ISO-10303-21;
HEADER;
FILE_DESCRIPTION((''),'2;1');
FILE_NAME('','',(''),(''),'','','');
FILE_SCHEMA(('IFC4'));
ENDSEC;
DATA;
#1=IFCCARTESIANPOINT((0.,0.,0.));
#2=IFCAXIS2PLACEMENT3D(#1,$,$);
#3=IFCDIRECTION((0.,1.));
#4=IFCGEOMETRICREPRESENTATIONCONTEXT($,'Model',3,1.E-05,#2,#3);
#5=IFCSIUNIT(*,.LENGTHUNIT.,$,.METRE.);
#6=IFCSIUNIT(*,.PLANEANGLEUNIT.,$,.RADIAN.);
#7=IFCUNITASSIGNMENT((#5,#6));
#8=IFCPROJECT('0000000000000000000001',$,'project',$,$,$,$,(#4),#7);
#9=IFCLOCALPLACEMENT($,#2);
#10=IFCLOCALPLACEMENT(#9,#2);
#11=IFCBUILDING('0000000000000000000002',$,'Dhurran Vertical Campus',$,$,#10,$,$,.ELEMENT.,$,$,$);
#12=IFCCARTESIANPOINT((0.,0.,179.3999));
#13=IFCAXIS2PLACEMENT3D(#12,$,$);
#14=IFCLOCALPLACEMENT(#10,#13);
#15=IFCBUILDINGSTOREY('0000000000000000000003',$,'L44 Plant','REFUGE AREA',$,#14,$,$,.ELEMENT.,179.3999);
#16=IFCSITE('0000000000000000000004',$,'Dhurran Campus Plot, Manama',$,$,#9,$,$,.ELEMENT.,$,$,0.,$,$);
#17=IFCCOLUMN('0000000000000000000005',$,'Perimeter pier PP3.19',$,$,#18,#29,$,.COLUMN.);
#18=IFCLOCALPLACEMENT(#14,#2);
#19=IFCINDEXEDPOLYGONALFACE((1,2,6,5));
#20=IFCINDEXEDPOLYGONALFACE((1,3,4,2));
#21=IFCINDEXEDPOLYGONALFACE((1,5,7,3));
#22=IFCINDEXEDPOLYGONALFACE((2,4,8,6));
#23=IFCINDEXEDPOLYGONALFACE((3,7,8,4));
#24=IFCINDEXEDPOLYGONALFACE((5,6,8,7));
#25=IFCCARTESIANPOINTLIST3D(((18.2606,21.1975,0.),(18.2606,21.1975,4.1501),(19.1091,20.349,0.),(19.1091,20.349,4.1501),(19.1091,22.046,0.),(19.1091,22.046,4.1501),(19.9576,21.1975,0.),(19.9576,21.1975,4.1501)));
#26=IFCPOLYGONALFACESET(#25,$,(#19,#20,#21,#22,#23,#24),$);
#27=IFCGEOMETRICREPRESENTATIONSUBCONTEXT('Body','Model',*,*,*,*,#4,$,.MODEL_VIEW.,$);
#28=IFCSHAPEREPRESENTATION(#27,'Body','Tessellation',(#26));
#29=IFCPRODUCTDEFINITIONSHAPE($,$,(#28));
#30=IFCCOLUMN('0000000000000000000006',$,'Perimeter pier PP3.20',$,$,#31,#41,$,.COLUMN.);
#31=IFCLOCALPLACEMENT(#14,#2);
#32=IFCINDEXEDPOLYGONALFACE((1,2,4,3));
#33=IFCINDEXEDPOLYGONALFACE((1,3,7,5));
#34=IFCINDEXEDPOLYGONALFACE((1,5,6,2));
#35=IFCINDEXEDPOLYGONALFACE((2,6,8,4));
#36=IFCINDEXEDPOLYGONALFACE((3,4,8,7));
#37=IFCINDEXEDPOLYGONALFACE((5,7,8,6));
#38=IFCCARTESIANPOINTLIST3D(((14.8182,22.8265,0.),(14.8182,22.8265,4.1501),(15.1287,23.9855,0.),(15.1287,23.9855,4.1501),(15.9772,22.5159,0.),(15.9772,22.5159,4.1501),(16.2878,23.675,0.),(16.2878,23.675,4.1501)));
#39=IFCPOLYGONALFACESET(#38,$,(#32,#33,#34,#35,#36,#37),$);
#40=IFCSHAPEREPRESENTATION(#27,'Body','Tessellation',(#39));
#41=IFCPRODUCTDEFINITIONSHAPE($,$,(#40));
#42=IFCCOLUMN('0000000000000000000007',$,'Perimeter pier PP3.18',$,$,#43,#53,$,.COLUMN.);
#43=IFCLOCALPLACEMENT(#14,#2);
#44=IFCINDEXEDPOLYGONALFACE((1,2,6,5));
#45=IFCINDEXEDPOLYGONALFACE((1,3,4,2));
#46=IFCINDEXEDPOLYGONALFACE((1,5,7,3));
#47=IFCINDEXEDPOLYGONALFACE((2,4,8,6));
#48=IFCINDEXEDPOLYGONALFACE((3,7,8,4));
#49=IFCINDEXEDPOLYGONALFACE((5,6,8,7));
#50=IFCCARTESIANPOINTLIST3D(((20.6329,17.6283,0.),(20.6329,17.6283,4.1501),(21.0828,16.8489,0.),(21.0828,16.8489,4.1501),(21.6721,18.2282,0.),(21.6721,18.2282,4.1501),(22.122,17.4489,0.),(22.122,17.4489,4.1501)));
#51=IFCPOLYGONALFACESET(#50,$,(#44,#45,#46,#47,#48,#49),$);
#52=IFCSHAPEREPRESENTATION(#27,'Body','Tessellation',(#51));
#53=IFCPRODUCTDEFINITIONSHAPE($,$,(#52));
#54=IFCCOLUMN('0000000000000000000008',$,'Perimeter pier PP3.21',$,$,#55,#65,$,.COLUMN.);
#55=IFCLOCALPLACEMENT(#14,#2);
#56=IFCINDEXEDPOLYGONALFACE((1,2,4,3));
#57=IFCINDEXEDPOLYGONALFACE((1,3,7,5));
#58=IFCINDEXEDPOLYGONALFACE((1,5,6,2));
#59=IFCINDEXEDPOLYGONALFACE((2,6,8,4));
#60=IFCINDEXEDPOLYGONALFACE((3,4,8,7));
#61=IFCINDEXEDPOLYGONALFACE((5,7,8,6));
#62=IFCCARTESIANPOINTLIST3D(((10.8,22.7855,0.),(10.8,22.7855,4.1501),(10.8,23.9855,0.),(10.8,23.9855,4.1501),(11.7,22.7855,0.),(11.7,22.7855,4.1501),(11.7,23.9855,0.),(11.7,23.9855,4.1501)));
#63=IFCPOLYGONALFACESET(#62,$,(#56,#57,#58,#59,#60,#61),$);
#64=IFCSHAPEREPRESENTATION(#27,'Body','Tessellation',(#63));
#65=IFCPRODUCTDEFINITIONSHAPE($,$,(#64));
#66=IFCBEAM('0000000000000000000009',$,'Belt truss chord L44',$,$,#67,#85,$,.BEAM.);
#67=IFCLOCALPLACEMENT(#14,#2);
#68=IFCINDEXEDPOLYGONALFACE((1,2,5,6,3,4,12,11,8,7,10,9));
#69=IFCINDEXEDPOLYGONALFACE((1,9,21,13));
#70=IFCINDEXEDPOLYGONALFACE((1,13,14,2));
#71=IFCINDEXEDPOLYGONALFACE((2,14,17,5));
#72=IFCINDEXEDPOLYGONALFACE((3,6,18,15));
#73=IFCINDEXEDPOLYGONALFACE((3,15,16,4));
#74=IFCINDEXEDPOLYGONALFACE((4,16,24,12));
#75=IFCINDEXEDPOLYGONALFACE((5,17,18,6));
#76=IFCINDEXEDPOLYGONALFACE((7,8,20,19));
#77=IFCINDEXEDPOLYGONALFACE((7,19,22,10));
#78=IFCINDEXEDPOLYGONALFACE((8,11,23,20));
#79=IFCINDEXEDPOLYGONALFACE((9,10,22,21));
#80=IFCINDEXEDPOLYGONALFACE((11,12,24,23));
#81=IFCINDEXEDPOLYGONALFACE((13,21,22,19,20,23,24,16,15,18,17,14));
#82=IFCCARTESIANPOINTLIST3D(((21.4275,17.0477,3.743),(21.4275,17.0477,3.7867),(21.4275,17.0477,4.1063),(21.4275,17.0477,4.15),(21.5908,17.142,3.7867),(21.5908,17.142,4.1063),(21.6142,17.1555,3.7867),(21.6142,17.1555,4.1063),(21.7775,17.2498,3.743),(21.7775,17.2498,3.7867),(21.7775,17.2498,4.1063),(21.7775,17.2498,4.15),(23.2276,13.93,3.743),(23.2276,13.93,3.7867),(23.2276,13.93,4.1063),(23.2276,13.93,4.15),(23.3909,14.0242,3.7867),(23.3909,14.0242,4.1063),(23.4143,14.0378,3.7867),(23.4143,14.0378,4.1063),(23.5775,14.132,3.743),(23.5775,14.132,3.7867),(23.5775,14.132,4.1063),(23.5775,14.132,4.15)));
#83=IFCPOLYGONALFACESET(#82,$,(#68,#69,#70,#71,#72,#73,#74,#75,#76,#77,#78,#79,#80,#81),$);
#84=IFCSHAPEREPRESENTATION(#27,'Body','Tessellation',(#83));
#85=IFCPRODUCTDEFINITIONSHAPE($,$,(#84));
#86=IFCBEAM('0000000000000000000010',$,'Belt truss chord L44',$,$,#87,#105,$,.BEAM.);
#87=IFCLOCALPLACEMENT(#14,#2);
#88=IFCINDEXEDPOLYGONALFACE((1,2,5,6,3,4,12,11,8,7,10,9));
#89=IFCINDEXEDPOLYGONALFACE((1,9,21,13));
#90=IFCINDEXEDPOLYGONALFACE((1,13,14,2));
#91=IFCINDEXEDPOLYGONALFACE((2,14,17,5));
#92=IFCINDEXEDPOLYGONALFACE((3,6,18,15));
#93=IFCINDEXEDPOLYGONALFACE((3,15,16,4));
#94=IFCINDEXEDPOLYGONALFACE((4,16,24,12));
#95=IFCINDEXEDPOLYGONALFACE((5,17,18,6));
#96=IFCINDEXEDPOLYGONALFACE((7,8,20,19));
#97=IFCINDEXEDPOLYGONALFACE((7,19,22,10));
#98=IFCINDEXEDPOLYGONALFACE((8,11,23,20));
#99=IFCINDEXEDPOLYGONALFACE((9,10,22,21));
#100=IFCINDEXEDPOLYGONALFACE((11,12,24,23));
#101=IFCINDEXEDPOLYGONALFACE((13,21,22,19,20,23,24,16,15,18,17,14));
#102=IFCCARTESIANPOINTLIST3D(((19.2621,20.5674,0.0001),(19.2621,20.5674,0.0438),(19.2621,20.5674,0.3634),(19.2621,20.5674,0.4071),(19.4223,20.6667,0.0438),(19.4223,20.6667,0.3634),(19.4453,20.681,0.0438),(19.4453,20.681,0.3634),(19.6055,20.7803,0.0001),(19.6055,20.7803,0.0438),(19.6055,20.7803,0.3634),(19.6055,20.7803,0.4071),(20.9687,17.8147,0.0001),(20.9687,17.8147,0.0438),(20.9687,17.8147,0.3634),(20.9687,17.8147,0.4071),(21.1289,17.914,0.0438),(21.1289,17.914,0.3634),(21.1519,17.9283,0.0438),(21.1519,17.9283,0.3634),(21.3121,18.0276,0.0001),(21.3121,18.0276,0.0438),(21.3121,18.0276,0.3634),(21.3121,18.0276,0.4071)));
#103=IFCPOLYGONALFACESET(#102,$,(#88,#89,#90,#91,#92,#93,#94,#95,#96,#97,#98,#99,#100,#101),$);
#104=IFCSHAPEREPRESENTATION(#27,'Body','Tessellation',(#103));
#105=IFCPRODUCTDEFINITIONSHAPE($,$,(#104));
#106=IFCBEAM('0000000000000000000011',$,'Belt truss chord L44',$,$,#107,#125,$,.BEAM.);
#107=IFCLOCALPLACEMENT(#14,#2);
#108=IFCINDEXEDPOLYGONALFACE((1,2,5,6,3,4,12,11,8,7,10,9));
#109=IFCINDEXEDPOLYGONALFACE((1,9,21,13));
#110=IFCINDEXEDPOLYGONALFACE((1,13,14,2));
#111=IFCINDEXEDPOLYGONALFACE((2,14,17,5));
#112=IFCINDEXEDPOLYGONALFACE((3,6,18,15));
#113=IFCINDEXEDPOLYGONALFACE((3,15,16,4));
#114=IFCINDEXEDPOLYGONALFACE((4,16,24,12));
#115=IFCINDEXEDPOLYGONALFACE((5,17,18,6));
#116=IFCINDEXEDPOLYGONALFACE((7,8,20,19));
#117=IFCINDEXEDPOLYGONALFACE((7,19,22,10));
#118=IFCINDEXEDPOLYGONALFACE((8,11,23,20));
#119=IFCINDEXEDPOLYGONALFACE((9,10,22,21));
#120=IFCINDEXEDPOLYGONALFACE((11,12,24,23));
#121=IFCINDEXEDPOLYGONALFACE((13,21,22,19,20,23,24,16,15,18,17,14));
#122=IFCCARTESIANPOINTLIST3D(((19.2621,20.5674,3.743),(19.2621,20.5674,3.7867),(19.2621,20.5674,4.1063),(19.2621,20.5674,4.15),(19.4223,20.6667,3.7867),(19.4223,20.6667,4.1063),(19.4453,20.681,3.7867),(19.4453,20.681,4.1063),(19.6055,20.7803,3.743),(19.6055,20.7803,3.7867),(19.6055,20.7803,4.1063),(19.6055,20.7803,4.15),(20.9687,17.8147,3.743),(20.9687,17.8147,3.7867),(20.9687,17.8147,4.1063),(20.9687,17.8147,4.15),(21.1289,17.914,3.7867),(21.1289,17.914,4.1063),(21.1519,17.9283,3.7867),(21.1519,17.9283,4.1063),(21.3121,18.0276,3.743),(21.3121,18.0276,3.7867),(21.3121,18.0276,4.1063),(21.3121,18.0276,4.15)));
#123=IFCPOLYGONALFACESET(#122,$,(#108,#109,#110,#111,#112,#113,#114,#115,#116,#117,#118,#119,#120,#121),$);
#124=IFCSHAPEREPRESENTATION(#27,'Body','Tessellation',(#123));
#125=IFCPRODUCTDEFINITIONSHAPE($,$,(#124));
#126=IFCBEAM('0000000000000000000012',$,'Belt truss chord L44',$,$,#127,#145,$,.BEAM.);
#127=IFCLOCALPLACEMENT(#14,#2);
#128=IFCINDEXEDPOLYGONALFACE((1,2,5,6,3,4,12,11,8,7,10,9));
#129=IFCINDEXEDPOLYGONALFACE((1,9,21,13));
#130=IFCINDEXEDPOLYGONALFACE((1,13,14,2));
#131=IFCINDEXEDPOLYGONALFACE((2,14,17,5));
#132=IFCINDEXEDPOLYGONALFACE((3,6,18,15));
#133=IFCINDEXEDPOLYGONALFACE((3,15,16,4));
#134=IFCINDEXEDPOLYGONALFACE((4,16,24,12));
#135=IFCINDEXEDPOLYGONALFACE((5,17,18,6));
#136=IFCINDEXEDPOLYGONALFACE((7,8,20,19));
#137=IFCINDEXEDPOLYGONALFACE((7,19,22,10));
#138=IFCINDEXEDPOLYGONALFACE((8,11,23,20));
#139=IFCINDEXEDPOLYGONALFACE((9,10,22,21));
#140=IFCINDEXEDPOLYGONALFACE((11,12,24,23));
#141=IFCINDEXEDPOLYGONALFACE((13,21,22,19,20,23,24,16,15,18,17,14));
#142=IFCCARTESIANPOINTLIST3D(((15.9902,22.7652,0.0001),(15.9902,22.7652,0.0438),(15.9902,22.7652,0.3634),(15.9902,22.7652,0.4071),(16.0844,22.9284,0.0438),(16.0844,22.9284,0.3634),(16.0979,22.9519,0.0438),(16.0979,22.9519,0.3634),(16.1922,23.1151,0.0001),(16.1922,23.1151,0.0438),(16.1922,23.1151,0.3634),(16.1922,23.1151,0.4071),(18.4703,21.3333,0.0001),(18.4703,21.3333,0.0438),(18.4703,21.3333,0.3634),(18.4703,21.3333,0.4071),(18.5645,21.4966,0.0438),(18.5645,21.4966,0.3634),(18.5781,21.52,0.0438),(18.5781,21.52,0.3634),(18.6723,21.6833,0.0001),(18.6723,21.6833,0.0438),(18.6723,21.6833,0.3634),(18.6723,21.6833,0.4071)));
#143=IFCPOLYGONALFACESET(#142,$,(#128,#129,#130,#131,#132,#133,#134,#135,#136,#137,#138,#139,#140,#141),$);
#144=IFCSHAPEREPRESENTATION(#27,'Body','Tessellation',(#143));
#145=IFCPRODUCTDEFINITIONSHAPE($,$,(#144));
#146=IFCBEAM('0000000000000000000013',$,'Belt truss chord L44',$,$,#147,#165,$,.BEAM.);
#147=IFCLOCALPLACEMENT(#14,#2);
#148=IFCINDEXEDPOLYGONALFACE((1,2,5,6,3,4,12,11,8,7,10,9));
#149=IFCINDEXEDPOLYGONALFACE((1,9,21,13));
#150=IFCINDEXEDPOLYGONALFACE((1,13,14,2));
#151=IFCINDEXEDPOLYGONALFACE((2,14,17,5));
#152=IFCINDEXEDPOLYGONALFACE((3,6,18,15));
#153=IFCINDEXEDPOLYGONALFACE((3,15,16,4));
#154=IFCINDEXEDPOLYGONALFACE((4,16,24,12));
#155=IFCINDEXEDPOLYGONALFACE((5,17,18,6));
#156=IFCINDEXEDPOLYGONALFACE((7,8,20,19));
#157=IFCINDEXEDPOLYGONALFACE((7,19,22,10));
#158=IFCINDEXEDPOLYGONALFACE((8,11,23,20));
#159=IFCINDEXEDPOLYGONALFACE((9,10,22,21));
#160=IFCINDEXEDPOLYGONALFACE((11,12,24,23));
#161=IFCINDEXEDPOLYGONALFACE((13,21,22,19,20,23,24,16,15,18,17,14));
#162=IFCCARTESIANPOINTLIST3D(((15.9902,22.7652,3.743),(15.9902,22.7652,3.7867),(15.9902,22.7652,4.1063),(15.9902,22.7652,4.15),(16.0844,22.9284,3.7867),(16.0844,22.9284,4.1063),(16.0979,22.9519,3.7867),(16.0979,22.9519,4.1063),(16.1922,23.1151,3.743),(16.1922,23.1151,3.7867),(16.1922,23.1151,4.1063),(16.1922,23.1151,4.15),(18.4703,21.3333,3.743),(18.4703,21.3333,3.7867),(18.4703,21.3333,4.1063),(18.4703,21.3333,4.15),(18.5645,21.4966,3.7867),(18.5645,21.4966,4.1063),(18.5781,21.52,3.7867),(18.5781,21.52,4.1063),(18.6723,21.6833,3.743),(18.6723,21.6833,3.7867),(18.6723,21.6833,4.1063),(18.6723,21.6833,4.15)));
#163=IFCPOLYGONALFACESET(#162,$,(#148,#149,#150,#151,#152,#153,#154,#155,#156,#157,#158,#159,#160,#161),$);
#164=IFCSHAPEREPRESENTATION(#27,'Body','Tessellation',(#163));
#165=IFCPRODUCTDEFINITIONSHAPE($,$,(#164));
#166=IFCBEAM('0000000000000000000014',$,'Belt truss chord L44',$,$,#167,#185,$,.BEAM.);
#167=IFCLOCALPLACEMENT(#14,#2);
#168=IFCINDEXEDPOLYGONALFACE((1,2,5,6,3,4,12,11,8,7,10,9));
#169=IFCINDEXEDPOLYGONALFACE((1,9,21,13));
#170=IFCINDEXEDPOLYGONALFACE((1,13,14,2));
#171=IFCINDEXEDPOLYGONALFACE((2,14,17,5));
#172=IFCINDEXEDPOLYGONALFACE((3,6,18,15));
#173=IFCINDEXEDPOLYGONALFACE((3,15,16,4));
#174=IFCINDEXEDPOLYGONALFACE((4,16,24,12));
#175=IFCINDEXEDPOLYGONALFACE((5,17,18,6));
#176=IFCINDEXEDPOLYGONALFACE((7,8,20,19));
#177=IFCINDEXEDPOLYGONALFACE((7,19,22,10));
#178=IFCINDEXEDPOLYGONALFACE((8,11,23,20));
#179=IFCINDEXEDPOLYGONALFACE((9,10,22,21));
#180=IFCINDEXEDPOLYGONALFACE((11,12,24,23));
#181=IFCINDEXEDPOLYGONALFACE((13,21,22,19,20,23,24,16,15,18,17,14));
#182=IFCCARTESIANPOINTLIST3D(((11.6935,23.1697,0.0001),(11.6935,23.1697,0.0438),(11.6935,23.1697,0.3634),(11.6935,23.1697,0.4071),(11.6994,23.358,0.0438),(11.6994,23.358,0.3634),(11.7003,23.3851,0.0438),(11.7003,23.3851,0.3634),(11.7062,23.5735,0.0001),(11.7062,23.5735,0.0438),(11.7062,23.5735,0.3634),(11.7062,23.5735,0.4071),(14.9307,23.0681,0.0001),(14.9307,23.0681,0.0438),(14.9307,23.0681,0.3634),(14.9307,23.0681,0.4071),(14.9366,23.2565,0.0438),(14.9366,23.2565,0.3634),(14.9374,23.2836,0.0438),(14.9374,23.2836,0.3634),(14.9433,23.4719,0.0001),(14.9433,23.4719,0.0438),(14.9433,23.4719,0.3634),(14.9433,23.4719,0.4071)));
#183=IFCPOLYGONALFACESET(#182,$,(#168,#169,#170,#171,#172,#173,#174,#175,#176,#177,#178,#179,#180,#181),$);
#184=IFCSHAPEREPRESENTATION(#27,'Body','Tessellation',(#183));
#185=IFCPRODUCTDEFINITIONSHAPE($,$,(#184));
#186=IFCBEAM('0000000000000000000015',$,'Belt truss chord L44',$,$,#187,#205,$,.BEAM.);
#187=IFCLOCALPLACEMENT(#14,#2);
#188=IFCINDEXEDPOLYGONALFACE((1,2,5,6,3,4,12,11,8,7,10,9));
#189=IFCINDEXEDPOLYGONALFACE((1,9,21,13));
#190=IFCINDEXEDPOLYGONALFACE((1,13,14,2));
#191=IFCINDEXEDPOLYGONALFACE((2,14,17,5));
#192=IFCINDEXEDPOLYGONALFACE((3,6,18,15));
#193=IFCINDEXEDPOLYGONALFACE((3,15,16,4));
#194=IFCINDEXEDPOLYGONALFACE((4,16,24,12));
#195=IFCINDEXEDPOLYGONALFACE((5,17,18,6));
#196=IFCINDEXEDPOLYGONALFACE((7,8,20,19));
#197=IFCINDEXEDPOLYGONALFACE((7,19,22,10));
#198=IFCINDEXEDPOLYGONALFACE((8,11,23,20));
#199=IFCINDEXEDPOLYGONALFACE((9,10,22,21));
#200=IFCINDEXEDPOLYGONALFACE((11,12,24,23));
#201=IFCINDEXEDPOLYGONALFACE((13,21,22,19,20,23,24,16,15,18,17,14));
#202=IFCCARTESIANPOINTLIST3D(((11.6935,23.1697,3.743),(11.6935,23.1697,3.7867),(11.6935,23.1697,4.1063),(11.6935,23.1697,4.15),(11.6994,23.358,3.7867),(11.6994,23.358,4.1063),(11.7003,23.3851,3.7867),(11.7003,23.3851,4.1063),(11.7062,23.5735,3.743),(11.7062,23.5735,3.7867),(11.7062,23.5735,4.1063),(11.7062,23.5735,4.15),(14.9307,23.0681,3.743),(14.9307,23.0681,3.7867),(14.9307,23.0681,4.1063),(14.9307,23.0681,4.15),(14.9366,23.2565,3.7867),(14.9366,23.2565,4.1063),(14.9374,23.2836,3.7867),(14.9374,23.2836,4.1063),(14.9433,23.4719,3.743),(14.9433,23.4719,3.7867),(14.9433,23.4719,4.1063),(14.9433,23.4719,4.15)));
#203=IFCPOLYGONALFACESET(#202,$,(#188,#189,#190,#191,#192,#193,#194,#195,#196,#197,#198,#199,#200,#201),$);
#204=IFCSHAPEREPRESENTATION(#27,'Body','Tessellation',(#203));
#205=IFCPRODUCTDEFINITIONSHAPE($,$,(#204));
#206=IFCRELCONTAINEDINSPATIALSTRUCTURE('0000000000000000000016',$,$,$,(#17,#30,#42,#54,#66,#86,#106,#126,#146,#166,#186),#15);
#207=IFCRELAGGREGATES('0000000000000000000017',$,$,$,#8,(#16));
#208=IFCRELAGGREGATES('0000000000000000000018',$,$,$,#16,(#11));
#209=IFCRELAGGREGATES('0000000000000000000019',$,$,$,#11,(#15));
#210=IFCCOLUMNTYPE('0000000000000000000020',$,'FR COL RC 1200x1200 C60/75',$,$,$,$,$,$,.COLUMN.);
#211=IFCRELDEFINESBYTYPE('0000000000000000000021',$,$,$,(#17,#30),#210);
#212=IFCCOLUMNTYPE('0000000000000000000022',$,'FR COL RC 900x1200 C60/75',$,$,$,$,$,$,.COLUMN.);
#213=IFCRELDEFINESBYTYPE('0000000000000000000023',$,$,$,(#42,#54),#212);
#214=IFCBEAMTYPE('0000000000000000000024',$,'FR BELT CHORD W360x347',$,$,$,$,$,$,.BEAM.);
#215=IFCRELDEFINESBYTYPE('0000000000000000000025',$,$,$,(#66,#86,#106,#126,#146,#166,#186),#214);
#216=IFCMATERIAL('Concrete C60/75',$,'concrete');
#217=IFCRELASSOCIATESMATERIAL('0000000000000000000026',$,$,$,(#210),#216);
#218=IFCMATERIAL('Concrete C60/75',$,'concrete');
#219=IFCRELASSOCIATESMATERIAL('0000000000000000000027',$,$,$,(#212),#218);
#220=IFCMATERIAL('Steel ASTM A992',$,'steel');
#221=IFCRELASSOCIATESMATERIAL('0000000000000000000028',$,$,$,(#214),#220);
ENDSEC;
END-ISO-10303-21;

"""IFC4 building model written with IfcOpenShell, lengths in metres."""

from ifc_helpers import new_model, si_unit, direction, frame, origin, origin_2d, place, context, subcontext, project, spatial, rectangle, i_section, extrude, material, material_profile, profile_set, type_object, element, save


model = new_model("IFC4")

# Units and contexts
model_context = context("Model", 3, precision=1e-05, world=origin(), true_north=direction((0.0, 1.0)))
body_context = subcontext(model_context, "Body", "Model", "MODEL_VIEW")
ifc_project = project(units=[si_unit("LENGTHUNIT", "METRE"), si_unit("PLANEANGLEUNIT", "RADIAN")], contexts=[model_context])

# Site, building, storey
site_placement = place(None, origin())
site = spatial("IfcSite", under=ifc_project, at=site_placement, Name="Dhurran Campus Plot, Manama", CompositionType="ELEMENT", RefElevation=0.0)
building_placement = place(site_placement, origin())
building = spatial("IfcBuilding", under=site, at=building_placement, Name="Dhurran Vertical Campus", CompositionType="ELEMENT")
storey_placement = place(building_placement, frame((0.0, 0.0, 179.3999)))
storey = spatial("IfcBuildingStorey", under=building, at=storey_placement, Name="L44 Plant", Description="REFUGE AREA", CompositionType="ELEMENT", Elevation=179.3999)

# Columns
ifc_material_1 = material(Name="Concrete C60/75", Category="concrete")
ifc_material_profile_1 = material_profile(ifc_material_1, rectangle(XDim=1.2, YDim=1.2, at=origin_2d()), Name="RC 1200x1200")
ifc_profile_set_1 = profile_set([ifc_material_profile_1], Name="Concrete C60/75")
column_type_1 = type_object("IfcColumnType", Name="FR COL RC 1200x1200 C60/75", PredefinedType="COLUMN", material=ifc_profile_set_1)
for number, where, z_axis, x_axis, name in (
    (1, (19.1091, 21.1975, 0.0), (0.0, 0.0, 1.0), (-0.707107, 0.707107, 0.0), "Perimeter pier PP3.19"),
    (2, (15.553, 23.2507, 0.0), (0.0, 0.0, 1.0), (-0.965926, 0.258819, 0.0), "Perimeter pier PP3.20"),
):
    element("IfcColumn", number, at=place(storey_placement, frame(where, z_axis=z_axis, x_axis=x_axis)), inside=storey, type_object=column_type_1, Name=name, PredefinedType="COLUMN", context=body_context, shape_type="SweptSolid", body=[
        extrude(rectangle(XDim=1.2, YDim=1.2, at=origin_2d()), origin(), (0.0, 0.0, 1.0), 4.1501),
    ])
ifc_material_2 = material(Name="Concrete C60/75", Category="concrete")
ifc_material_profile_2 = material_profile(ifc_material_2, rectangle(XDim=0.8999, YDim=1.2, at=origin_2d()), Name="RC 900x1200")
ifc_profile_set_2 = profile_set([ifc_material_profile_2], Name="Concrete C60/75")
column_type_2 = type_object("IfcColumnType", Name="FR COL RC 900x1200 C60/75", PredefinedType="COLUMN", material=ifc_profile_set_2)
for number, where, z_axis, x_axis, name in (
    (3, (21.3774, 17.5386, 0.0), (0.0, 0.0, 1.0), (-0.5, 0.866025, 0.0), "Perimeter pier PP3.18"),
    (4, (11.25, 23.3855, 0.0), (0.0, 0.0, 1.0), (-1.0, 0.0, 0.0), "Perimeter pier PP3.21"),
):
    element("IfcColumn", number, at=place(storey_placement, frame(where, z_axis=z_axis, x_axis=x_axis)), inside=storey, type_object=column_type_2, Name=name, PredefinedType="COLUMN", context=body_context, shape_type="SweptSolid", body=[
        extrude(rectangle(XDim=0.8999, YDim=1.2, at=origin_2d()), origin(), (0.0, 0.0, 1.0), 4.1501),
    ])

# Beams
ifc_material_3 = material(Name="Steel ASTM A992", Category="steel")
ifc_material_profile_3 = material_profile(ifc_material_3, i_section(OverallWidth=0.4041, OverallDepth=0.407, WebThickness=0.0271, FlangeThickness=0.0437, at=origin_2d()), Name="W360x347")
ifc_profile_set_3 = profile_set([ifc_material_profile_3], Name="Steel ASTM A992")
beam_type = type_object("IfcBeamType", Name="FR BELT CHORD W360x347", PredefinedType="BEAM", material=ifc_profile_set_3)
beam_placement = place(storey_placement, frame((23.4026, 14.031, 3.9465), z_axis=(-0.500012, 0.866018, 0.0), x_axis=(-0.866018, -0.500012, 0.0)))
element("IfcBeam", 5, at=beam_placement, inside=storey, type_object=beam_type, Name="Belt truss chord L44", PredefinedType="BEAM", context=body_context, shape_type="SweptSolid", body=[
    extrude(i_section(OverallWidth=0.4041, OverallDepth=0.407, WebThickness=0.0271, FlangeThickness=0.0437, at=origin_2d()), origin(), (0.0, 0.0, 1.0), 3.6001),
])
for number, where, z_axis, x_axis, name in (
    (6, (21.1404, 17.9211, 0.2036), (-0.526912, 0.84992, 0.0), (-0.84992, -0.526912, 0.0), "Belt truss chord L44"),
    (7, (21.1404, 17.9211, 3.9465), (-0.526912, 0.84992, 0.0), (-0.84992, -0.526912, 0.0), "Belt truss chord L44"),
):
    element("IfcBeam", number, at=place(storey_placement, frame(where, z_axis=z_axis, x_axis=x_axis)), inside=storey, type_object=beam_type, Name=name, PredefinedType="BEAM", context=body_context, shape_type="SweptSolid", body=[
        extrude(i_section(OverallWidth=0.4041, OverallDepth=0.407, WebThickness=0.0271, FlangeThickness=0.0437, at=origin_2d()), origin(), (0.0, 0.0, 1.0), 3.2388),
    ])
for number, where, z_axis, x_axis, name in (
    (8, (18.5713, 21.5083, 0.2036), (-0.866037, 0.499981, 0.0), (-0.499981, -0.866037, 0.0), "Belt truss chord L44"),
    (9, (18.5713, 21.5083, 3.9465), (-0.866037, 0.499981, 0.0), (-0.499981, -0.866037, 0.0), "Belt truss chord L44"),
):
    element("IfcBeam", number, at=place(storey_placement, frame(where, z_axis=z_axis, x_axis=x_axis)), inside=storey, type_object=beam_type, Name=name, PredefinedType="BEAM", context=body_context, shape_type="SweptSolid", body=[
        extrude(i_section(OverallWidth=0.4041, OverallDepth=0.407, WebThickness=0.0271, FlangeThickness=0.0437, at=origin_2d()), origin(), (0.0, 0.0, 1.0), 2.8638),
    ])
for number, where, z_axis, x_axis, name in (
    (10, (14.937, 23.27, 0.2036), (-0.999508, 0.031359, 0.0), (-0.031359, -0.999508, 0.0), "Belt truss chord L44"),
    (11, (14.937, 23.27, 3.9465), (-0.999508, 0.031359, 0.0), (-0.031359, -0.999508, 0.0), "Belt truss chord L44"),
):
    element("IfcBeam", number, at=place(storey_placement, frame(where, z_axis=z_axis, x_axis=x_axis)), inside=storey, type_object=beam_type, Name=name, PredefinedType="BEAM", context=body_context, shape_type="SweptSolid", body=[
        extrude(i_section(OverallWidth=0.4041, OverallDepth=0.407, WebThickness=0.0271, FlangeThickness=0.0437, at=origin_2d()), origin(), (0.0, 0.0, 1.0), 3.2388),
    ])

save(model, "model.ifc")
